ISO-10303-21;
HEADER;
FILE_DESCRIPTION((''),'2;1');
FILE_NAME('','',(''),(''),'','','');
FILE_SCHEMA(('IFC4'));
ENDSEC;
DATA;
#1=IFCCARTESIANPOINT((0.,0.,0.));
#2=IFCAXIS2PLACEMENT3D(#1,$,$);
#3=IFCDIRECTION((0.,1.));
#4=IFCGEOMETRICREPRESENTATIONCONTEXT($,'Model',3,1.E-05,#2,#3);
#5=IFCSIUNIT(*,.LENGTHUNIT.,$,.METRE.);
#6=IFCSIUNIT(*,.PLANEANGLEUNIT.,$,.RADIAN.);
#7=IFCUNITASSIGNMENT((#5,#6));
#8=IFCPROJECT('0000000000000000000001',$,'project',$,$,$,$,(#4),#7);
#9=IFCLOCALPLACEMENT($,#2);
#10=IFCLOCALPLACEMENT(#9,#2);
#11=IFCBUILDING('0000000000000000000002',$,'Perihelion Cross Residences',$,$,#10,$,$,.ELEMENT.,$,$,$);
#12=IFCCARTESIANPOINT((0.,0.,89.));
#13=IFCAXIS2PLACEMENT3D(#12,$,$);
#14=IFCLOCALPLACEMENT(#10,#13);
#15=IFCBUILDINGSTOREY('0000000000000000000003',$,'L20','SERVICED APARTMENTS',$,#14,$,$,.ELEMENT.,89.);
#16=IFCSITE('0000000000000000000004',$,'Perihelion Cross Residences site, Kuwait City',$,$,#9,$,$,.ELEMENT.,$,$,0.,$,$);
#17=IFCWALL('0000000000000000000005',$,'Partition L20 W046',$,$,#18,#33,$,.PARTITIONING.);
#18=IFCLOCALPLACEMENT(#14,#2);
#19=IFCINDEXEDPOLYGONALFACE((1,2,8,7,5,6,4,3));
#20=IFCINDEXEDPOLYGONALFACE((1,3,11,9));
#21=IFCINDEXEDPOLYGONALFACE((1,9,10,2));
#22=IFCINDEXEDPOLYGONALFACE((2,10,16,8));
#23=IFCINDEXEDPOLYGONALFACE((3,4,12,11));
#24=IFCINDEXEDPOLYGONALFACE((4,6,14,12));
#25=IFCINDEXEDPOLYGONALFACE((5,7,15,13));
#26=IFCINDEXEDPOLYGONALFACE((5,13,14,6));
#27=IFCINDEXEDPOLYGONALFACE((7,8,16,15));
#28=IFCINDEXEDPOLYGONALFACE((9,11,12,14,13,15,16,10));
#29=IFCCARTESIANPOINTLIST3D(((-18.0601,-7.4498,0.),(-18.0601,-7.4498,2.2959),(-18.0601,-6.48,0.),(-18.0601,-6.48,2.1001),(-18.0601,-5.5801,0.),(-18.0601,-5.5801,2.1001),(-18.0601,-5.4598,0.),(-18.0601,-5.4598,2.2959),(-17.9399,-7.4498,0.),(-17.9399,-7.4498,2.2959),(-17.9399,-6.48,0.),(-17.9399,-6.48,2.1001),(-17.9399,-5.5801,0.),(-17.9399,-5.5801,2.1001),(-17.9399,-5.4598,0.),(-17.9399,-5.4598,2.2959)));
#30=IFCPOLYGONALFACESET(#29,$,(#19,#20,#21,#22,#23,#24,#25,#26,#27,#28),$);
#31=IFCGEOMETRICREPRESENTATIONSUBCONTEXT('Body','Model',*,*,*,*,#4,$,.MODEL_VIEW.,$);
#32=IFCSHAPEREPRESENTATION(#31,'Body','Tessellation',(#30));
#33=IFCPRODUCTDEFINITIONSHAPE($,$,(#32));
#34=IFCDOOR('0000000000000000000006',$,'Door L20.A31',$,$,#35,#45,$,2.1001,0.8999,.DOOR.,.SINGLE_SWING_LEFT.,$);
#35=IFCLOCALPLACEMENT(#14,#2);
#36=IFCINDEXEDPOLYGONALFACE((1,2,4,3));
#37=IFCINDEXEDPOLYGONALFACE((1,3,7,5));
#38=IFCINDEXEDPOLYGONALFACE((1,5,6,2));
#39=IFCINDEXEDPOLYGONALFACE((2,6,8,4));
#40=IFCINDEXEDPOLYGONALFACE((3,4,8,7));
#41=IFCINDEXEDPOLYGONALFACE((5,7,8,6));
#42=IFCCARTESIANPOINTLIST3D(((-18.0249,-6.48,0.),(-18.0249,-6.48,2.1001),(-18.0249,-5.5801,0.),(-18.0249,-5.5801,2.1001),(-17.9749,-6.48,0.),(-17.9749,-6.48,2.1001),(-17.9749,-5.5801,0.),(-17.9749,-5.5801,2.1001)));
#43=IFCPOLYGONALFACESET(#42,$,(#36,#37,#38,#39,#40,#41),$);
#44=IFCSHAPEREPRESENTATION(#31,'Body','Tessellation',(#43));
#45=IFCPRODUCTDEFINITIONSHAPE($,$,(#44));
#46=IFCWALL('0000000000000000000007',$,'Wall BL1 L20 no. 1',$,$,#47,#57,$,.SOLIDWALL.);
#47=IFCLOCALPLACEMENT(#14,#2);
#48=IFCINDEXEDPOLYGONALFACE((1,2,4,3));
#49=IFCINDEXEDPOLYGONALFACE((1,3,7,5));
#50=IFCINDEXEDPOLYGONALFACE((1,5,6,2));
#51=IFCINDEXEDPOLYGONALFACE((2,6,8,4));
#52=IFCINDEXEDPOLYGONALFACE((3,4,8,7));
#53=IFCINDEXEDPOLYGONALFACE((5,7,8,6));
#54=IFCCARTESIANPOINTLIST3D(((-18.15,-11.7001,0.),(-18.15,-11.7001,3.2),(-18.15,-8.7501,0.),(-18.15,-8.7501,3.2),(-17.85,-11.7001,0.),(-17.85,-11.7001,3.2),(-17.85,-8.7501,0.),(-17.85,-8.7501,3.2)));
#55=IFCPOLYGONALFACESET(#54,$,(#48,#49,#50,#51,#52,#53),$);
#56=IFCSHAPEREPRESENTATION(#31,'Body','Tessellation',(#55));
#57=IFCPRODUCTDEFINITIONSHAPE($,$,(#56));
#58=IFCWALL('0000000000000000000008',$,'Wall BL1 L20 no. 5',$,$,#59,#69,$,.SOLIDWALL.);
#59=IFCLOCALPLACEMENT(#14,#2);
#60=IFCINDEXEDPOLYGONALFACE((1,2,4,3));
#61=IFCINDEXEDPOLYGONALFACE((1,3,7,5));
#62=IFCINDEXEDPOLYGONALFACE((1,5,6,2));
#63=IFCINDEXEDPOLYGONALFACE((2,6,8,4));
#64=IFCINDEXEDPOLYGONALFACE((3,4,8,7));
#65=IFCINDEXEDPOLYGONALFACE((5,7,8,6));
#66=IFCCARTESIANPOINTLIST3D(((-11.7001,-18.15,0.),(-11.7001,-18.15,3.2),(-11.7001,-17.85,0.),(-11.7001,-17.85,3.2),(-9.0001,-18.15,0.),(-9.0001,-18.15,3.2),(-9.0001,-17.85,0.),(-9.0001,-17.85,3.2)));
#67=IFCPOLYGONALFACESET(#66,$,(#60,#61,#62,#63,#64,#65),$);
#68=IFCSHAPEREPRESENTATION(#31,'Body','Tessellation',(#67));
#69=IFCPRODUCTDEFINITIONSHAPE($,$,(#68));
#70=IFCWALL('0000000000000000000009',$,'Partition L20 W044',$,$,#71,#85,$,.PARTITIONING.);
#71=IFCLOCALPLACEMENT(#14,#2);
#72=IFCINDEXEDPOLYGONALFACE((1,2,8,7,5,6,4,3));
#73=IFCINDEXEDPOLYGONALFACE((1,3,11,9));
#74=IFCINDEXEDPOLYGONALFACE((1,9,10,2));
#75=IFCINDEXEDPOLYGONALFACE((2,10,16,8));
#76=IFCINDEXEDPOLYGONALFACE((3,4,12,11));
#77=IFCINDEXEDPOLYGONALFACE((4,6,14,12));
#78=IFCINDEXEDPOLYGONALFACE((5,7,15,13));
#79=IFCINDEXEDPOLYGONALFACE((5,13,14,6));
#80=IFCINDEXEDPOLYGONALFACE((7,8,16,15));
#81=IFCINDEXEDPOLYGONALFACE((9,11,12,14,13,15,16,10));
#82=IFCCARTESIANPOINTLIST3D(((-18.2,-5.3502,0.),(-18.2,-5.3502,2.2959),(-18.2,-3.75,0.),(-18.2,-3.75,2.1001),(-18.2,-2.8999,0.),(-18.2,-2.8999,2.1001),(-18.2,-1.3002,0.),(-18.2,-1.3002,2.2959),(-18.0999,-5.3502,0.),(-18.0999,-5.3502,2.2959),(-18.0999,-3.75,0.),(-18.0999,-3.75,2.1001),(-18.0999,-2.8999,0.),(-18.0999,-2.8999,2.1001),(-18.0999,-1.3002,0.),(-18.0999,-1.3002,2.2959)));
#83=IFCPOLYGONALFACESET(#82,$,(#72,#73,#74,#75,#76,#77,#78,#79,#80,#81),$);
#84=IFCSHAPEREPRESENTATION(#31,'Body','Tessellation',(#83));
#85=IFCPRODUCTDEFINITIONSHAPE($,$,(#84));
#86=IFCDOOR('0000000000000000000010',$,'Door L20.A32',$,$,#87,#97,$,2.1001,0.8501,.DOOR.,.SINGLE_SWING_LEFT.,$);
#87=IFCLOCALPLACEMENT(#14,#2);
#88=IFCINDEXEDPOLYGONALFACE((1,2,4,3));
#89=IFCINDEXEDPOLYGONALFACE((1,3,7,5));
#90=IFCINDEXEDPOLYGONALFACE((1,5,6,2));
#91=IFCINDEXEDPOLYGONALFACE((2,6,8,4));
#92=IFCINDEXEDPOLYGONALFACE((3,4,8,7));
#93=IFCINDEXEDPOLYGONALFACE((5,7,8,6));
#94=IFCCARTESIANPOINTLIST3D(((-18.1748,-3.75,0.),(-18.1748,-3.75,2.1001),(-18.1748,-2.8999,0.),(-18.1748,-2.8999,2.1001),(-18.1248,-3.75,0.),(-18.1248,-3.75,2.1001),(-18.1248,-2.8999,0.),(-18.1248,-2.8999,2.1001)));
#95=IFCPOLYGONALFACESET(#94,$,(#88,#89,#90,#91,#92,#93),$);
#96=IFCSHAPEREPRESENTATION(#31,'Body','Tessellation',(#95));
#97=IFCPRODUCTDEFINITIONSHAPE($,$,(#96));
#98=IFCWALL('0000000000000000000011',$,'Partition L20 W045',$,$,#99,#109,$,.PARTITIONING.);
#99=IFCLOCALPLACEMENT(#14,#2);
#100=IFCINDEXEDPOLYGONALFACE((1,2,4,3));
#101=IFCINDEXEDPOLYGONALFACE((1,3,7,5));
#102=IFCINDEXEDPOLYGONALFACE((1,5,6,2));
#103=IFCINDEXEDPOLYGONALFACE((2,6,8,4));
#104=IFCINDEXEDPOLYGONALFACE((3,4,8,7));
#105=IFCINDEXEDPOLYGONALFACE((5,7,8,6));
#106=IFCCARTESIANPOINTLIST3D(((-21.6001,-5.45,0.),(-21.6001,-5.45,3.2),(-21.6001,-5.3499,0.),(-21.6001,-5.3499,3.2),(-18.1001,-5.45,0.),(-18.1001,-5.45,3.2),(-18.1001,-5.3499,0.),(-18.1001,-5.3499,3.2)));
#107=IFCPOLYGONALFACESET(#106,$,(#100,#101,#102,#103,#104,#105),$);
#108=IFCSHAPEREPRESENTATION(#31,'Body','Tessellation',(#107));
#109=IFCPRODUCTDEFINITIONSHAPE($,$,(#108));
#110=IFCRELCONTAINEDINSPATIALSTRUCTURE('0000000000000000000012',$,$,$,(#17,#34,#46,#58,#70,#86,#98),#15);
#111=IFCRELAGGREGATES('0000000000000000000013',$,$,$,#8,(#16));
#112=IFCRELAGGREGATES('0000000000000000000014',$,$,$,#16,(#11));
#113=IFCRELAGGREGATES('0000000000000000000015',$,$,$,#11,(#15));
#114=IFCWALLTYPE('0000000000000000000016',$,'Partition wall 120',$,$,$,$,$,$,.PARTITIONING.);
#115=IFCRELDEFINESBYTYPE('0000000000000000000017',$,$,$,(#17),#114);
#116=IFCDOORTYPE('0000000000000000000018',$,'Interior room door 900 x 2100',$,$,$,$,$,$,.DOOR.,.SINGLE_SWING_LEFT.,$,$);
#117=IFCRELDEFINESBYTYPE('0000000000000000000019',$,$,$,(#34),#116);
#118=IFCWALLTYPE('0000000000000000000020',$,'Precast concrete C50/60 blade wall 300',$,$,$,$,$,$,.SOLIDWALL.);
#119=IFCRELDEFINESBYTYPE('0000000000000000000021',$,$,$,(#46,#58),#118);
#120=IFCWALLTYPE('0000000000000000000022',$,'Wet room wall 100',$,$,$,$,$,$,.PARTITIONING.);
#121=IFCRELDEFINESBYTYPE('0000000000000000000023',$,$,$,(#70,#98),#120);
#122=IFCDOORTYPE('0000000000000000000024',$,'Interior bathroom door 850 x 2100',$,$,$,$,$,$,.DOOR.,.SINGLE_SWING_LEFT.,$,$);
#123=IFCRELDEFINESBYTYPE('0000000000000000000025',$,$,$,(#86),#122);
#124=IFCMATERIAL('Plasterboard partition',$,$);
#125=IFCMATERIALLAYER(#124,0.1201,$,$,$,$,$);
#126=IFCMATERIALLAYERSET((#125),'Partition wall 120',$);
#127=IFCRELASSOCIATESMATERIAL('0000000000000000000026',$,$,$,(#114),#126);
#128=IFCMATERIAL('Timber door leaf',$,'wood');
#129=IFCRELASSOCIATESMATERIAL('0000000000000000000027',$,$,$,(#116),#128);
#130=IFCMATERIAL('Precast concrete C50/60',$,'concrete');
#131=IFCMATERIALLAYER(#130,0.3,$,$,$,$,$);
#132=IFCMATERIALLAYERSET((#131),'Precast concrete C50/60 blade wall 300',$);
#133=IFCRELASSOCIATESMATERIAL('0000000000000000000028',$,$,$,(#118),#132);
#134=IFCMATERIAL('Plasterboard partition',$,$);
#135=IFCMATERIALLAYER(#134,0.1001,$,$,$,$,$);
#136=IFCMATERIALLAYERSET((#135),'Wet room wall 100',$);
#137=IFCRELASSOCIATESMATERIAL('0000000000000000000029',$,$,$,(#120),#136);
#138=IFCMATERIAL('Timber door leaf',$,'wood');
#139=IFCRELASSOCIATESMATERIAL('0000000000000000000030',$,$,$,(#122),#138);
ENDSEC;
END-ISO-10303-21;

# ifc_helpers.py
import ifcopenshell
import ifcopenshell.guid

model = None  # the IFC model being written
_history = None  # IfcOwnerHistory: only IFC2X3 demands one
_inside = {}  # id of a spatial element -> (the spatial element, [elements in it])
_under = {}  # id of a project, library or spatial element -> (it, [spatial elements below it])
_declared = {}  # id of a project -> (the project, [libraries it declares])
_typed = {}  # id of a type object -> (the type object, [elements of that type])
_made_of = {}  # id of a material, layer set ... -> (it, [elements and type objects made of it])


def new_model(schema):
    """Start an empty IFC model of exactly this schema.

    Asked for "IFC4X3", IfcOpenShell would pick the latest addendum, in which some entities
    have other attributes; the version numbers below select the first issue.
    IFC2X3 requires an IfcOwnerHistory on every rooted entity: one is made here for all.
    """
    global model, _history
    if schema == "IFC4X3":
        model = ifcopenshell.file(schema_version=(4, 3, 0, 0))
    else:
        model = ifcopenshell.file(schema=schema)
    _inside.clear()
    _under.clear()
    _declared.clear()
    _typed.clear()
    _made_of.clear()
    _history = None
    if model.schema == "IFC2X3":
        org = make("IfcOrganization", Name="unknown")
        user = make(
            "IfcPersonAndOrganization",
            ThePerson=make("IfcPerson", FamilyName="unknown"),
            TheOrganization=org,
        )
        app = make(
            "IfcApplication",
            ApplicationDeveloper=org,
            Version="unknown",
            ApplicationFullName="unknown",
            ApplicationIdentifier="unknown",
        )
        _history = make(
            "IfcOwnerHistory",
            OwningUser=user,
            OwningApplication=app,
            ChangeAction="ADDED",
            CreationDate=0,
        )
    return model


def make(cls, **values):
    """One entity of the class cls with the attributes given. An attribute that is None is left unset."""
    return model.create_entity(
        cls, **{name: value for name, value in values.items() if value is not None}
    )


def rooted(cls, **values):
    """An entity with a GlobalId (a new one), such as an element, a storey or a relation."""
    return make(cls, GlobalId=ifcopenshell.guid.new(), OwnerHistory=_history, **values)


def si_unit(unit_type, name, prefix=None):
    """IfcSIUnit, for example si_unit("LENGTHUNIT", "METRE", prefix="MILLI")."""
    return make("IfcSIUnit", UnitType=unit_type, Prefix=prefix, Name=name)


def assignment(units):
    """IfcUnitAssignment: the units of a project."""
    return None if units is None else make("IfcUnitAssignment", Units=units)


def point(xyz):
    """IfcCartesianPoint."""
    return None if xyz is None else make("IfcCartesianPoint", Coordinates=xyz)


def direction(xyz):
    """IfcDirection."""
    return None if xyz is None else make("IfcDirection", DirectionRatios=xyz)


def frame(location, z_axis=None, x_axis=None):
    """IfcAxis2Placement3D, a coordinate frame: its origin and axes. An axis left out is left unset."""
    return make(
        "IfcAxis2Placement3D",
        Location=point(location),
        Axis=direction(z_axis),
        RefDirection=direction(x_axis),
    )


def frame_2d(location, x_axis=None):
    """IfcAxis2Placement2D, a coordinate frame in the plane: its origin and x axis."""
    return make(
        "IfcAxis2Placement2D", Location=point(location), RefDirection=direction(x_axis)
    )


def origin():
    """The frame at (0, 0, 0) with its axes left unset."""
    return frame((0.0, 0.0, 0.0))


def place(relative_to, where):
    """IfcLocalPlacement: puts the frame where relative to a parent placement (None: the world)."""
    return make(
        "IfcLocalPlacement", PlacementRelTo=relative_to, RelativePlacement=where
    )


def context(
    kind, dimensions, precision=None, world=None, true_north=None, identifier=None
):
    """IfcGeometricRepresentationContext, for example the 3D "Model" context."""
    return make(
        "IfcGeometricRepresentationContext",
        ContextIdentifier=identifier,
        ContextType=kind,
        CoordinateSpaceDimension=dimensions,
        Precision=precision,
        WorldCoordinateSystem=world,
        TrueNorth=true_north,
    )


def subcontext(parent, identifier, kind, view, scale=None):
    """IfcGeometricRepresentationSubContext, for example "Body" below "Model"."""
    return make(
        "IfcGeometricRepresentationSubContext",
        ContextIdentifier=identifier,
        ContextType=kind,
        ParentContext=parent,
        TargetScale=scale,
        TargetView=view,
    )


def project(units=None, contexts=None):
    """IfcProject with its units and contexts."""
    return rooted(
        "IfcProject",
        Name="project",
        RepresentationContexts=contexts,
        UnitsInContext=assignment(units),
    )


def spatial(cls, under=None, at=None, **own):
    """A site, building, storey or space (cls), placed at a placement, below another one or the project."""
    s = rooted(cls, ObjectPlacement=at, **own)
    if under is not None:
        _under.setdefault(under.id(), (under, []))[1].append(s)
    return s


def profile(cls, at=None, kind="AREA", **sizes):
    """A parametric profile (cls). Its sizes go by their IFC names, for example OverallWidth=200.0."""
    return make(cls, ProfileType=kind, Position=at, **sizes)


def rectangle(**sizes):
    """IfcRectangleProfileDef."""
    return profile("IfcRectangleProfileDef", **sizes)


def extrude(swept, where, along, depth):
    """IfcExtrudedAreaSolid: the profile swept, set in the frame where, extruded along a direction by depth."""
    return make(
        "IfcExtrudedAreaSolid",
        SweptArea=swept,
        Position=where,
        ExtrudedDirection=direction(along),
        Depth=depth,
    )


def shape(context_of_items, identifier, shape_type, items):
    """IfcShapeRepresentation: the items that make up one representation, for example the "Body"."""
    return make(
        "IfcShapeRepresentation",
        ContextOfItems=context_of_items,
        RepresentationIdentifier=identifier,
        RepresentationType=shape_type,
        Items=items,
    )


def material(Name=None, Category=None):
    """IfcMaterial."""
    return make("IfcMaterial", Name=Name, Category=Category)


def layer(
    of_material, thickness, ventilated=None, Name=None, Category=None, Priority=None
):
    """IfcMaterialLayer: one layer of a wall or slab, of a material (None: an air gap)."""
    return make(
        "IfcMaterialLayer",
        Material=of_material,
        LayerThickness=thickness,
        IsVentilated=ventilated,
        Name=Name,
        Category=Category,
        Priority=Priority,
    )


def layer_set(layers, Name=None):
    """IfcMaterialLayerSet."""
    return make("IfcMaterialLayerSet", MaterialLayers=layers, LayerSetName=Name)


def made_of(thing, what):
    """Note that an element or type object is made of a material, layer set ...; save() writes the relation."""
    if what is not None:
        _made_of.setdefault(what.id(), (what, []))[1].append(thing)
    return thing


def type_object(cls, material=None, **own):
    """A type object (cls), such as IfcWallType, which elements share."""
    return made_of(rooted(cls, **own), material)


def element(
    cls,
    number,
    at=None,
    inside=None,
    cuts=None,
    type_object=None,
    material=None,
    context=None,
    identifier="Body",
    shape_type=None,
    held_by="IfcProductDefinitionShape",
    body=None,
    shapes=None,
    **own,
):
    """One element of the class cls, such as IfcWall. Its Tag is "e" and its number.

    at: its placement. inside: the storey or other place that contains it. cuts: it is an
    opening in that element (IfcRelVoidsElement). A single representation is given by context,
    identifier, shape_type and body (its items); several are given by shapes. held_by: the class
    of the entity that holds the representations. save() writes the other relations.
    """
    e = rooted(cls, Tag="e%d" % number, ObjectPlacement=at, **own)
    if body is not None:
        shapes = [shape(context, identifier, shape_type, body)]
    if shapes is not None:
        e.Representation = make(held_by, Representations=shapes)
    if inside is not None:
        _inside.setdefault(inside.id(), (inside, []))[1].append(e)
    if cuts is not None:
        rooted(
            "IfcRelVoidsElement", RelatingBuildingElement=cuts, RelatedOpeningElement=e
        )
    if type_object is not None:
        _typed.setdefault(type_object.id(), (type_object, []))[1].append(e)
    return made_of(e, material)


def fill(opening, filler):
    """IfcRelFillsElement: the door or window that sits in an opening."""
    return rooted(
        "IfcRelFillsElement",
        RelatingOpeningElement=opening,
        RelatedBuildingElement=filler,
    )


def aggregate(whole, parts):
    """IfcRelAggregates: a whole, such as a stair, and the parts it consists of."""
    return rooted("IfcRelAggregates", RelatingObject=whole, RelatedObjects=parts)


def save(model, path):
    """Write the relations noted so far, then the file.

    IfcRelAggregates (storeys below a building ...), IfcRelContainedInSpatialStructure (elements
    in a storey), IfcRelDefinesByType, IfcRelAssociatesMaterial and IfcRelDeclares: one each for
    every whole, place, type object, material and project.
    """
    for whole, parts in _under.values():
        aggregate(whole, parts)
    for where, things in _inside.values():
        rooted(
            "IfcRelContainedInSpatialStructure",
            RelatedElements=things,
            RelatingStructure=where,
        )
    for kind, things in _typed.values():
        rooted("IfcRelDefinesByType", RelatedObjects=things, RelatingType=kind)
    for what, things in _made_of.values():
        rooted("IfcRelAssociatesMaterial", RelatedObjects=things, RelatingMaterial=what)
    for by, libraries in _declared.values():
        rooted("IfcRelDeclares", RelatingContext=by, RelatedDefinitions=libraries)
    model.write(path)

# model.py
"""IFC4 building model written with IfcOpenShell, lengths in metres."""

from ifc_helpers import new_model, si_unit, direction, frame, frame_2d, origin, place, context, subcontext, project, spatial, rectangle, extrude, material, layer, layer_set, type_object, element, fill, save


model = new_model("IFC4")

# Units and contexts
model_context = context("Model", 3, precision=1e-05, world=origin(), true_north=direction((0.0, 1.0)))
body_context = subcontext(model_context, "Body", "Model", "MODEL_VIEW")
ifc_project = project(units=[si_unit("LENGTHUNIT", "METRE"), si_unit("PLANEANGLEUNIT", "RADIAN")], contexts=[model_context])

# Site, building, storey
site_placement = place(None, origin())
site = spatial("IfcSite", under=ifc_project, at=site_placement, Name="Perihelion Cross Residences site, Kuwait City", CompositionType="ELEMENT", RefElevation=0.0)
building_placement = place(site_placement, origin())
building = spatial("IfcBuilding", under=site, at=building_placement, Name="Perihelion Cross Residences", CompositionType="ELEMENT")
storey_placement = place(building_placement, frame((0.0, 0.0, 89.0)))
storey = spatial("IfcBuildingStorey", under=building, at=storey_placement, Name="L20", Description="SERVICED APARTMENTS", CompositionType="ELEMENT", Elevation=89.0)

# Shared definitions
ifc_material_1 = material(Name="Plasterboard partition")
ifc_layer_1 = layer(ifc_material_1, 0.1201)
ifc_layer_set_1 = layer_set([ifc_layer_1], Name="Partition wall 120")
wall_type_1 = type_object("IfcWallType", Name="Partition wall 120", PredefinedType="PARTITIONING", material=ifc_layer_set_1)

# Shared definitions
ifc_material_2 = material(Name="Timber door leaf", Category="wood")
door_type_1 = type_object("IfcDoorType", Name="Interior room door 900 x 2100", OperationType="SINGLE_SWING_LEFT", PredefinedType="DOOR", material=ifc_material_2)

# Wall, opening, door
wall_1_placement = place(storey_placement, frame((-18.0, -7.45, 0.0), z_axis=(0.0, 0.0, 1.0), x_axis=(0.0, 1.0, 0.0)))
wall_1 = element("IfcWall", 1, at=wall_1_placement, inside=storey, type_object=wall_type_1, Name="Partition L20 W046", PredefinedType="PARTITIONING", context=body_context, shape_type="SweptSolid", body=[
    extrude(rectangle(XDim=1.99, YDim=0.1201, at=frame_2d((0.9951, 0.0))), origin(), (0.0, 0.0, 1.0), 2.2959),
])
opening_1_placement = place(wall_1_placement, frame((0.97, 0.0, 0.0)))
opening_1 = element("IfcOpeningElement", 2, at=opening_1_placement, cuts=wall_1, PredefinedType="OPENING", context=body_context, shape_type="SweptSolid", body=[
    extrude(rectangle(XDim=0.8999, YDim=2.1001, at=frame_2d((0.45, 1.05))), frame((0.0, 0.0701, 0.0), z_axis=(0.0, -1.0, 0.0), x_axis=(1.0, 0.0, 0.0)), (0.0, 0.0, 1.0), 0.1401),
])
door_1_placement = place(opening_1_placement, origin())
door_1 = element("IfcDoor", 3, at=door_1_placement, inside=storey, type_object=door_type_1, Name="Door L20.A31", OperationType="SINGLE_SWING_LEFT", OverallHeight=2.1001, OverallWidth=0.8999, PredefinedType="DOOR", context=body_context, shape_type="SweptSolid", body=[
    extrude(rectangle(XDim=0.8999, YDim=2.1001, at=frame_2d((0.45, 1.05))), frame((0.0, 0.0249, 0.0), z_axis=(0.0, -1.0, 0.0), x_axis=(1.0, 0.0, 0.0)), (0.0, 0.0, 1.0), 0.05),
])
fill(opening_1, door_1)

# Walls
ifc_material_3 = material(Name="Precast concrete C50/60", Category="concrete")
ifc_layer_2 = layer(ifc_material_3, 0.3)
ifc_layer_set_2 = layer_set([ifc_layer_2], Name="Precast concrete C50/60 blade wall 300")
wall_type_2 = type_object("IfcWallType", Name="Precast concrete C50/60 blade wall 300", PredefinedType="SOLIDWALL", material=ifc_layer_set_2)
wall_2_placement = place(storey_placement, frame((-18.0, -8.75, 0.0), z_axis=(0.0, 0.0, 1.0), x_axis=(0.0, -1.0, 0.0)))
element("IfcWall", 4, at=wall_2_placement, inside=storey, type_object=wall_type_2, Name="Wall BL1 L20 no. 1", PredefinedType="SOLIDWALL", context=body_context, shape_type="SweptSolid", body=[
    extrude(rectangle(XDim=2.95, YDim=0.3, at=frame_2d((1.4751, 0.0))), origin(), (0.0, 0.0, 1.0), 3.2),
])
wall_3_placement = place(storey_placement, frame((-9.0, -18.0, 0.0), z_axis=(0.0, 0.0, 1.0), x_axis=(-1.0, 0.0, 0.0)))
element("IfcWall", 5, at=wall_3_placement, inside=storey, type_object=wall_type_2, Name="Wall BL1 L20 no. 5", PredefinedType="SOLIDWALL", context=body_context, shape_type="SweptSolid", body=[
    extrude(rectangle(XDim=2.7, YDim=0.3, at=frame_2d((1.3501, 0.0))), origin(), (0.0, 0.0, 1.0), 3.2),
])

# Wall, opening, door
ifc_material_4 = material(Name="Plasterboard partition")
ifc_layer_3 = layer(ifc_material_4, 0.1001)
ifc_layer_set_3 = layer_set([ifc_layer_3], Name="Wet room wall 100")
wall_type_3 = type_object("IfcWallType", Name="Wet room wall 100", PredefinedType="PARTITIONING", material=ifc_layer_set_3)
wall_4_placement = place(storey_placement, frame((-18.1499, -5.3501, 0.0), z_axis=(0.0, 0.0, 1.0), x_axis=(0.0, 1.0, 0.0)))
wall_4 = element("IfcWall", 6, at=wall_4_placement, inside=storey, type_object=wall_type_3, Name="Partition L20 W044", PredefinedType="PARTITIONING", context=body_context, shape_type="SweptSolid", body=[
    extrude(rectangle(XDim=4.05, YDim=0.1001, at=frame_2d((2.0249, 0.0))), origin(), (0.0, 0.0, 1.0), 2.2959),
])
opening_2_placement = place(wall_4_placement, frame((1.6001, 0.0, 0.0)))
opening_2 = element("IfcOpeningElement", 7, at=opening_2_placement, cuts=wall_4, PredefinedType="OPENING", context=body_context, shape_type="SweptSolid", body=[
    extrude(rectangle(XDim=0.8501, YDim=2.1001, at=frame_2d((0.425, 1.05))), frame((0.0, 0.0601, 0.0), z_axis=(0.0, -1.0, 0.0), x_axis=(1.0, 0.0, 0.0)), (0.0, 0.0, 1.0), 0.1201),
])
ifc_material_5 = material(Name="Timber door leaf", Category="wood")
door_type_2 = type_object("IfcDoorType", Name="Interior bathroom door 850 x 2100", OperationType="SINGLE_SWING_LEFT", PredefinedType="DOOR", material=ifc_material_5)
door_2_placement = place(opening_2_placement, origin())
door_2 = element("IfcDoor", 8, at=door_2_placement, inside=storey, type_object=door_type_2, Name="Door L20.A32", OperationType="SINGLE_SWING_LEFT", OverallHeight=2.1001, OverallWidth=0.8501, PredefinedType="DOOR", context=body_context, shape_type="SweptSolid", body=[
    extrude(rectangle(XDim=0.8501, YDim=2.1001, at=frame_2d((0.425, 1.05))), frame((0.0, 0.0249, 0.0), z_axis=(0.0, -1.0, 0.0), x_axis=(1.0, 0.0, 0.0)), (0.0, 0.0, 1.0), 0.05),
])
fill(opening_2, door_2)

# Wall
wall_5_placement = place(storey_placement, frame((-18.1001, -5.3999, 0.0), z_axis=(0.0, 0.0, 1.0), x_axis=(-1.0, 0.0, 0.0)))
element("IfcWall", 9, at=wall_5_placement, inside=storey, type_object=wall_type_3, Name="Partition L20 W045", PredefinedType="PARTITIONING", context=body_context, shape_type="SweptSolid", body=[
    extrude(rectangle(XDim=3.5, YDim=0.1001, at=frame_2d((1.75, 0.0))), origin(), (0.0, 0.0, 1.0), 3.2),
])

save(model, "model.ifc")
